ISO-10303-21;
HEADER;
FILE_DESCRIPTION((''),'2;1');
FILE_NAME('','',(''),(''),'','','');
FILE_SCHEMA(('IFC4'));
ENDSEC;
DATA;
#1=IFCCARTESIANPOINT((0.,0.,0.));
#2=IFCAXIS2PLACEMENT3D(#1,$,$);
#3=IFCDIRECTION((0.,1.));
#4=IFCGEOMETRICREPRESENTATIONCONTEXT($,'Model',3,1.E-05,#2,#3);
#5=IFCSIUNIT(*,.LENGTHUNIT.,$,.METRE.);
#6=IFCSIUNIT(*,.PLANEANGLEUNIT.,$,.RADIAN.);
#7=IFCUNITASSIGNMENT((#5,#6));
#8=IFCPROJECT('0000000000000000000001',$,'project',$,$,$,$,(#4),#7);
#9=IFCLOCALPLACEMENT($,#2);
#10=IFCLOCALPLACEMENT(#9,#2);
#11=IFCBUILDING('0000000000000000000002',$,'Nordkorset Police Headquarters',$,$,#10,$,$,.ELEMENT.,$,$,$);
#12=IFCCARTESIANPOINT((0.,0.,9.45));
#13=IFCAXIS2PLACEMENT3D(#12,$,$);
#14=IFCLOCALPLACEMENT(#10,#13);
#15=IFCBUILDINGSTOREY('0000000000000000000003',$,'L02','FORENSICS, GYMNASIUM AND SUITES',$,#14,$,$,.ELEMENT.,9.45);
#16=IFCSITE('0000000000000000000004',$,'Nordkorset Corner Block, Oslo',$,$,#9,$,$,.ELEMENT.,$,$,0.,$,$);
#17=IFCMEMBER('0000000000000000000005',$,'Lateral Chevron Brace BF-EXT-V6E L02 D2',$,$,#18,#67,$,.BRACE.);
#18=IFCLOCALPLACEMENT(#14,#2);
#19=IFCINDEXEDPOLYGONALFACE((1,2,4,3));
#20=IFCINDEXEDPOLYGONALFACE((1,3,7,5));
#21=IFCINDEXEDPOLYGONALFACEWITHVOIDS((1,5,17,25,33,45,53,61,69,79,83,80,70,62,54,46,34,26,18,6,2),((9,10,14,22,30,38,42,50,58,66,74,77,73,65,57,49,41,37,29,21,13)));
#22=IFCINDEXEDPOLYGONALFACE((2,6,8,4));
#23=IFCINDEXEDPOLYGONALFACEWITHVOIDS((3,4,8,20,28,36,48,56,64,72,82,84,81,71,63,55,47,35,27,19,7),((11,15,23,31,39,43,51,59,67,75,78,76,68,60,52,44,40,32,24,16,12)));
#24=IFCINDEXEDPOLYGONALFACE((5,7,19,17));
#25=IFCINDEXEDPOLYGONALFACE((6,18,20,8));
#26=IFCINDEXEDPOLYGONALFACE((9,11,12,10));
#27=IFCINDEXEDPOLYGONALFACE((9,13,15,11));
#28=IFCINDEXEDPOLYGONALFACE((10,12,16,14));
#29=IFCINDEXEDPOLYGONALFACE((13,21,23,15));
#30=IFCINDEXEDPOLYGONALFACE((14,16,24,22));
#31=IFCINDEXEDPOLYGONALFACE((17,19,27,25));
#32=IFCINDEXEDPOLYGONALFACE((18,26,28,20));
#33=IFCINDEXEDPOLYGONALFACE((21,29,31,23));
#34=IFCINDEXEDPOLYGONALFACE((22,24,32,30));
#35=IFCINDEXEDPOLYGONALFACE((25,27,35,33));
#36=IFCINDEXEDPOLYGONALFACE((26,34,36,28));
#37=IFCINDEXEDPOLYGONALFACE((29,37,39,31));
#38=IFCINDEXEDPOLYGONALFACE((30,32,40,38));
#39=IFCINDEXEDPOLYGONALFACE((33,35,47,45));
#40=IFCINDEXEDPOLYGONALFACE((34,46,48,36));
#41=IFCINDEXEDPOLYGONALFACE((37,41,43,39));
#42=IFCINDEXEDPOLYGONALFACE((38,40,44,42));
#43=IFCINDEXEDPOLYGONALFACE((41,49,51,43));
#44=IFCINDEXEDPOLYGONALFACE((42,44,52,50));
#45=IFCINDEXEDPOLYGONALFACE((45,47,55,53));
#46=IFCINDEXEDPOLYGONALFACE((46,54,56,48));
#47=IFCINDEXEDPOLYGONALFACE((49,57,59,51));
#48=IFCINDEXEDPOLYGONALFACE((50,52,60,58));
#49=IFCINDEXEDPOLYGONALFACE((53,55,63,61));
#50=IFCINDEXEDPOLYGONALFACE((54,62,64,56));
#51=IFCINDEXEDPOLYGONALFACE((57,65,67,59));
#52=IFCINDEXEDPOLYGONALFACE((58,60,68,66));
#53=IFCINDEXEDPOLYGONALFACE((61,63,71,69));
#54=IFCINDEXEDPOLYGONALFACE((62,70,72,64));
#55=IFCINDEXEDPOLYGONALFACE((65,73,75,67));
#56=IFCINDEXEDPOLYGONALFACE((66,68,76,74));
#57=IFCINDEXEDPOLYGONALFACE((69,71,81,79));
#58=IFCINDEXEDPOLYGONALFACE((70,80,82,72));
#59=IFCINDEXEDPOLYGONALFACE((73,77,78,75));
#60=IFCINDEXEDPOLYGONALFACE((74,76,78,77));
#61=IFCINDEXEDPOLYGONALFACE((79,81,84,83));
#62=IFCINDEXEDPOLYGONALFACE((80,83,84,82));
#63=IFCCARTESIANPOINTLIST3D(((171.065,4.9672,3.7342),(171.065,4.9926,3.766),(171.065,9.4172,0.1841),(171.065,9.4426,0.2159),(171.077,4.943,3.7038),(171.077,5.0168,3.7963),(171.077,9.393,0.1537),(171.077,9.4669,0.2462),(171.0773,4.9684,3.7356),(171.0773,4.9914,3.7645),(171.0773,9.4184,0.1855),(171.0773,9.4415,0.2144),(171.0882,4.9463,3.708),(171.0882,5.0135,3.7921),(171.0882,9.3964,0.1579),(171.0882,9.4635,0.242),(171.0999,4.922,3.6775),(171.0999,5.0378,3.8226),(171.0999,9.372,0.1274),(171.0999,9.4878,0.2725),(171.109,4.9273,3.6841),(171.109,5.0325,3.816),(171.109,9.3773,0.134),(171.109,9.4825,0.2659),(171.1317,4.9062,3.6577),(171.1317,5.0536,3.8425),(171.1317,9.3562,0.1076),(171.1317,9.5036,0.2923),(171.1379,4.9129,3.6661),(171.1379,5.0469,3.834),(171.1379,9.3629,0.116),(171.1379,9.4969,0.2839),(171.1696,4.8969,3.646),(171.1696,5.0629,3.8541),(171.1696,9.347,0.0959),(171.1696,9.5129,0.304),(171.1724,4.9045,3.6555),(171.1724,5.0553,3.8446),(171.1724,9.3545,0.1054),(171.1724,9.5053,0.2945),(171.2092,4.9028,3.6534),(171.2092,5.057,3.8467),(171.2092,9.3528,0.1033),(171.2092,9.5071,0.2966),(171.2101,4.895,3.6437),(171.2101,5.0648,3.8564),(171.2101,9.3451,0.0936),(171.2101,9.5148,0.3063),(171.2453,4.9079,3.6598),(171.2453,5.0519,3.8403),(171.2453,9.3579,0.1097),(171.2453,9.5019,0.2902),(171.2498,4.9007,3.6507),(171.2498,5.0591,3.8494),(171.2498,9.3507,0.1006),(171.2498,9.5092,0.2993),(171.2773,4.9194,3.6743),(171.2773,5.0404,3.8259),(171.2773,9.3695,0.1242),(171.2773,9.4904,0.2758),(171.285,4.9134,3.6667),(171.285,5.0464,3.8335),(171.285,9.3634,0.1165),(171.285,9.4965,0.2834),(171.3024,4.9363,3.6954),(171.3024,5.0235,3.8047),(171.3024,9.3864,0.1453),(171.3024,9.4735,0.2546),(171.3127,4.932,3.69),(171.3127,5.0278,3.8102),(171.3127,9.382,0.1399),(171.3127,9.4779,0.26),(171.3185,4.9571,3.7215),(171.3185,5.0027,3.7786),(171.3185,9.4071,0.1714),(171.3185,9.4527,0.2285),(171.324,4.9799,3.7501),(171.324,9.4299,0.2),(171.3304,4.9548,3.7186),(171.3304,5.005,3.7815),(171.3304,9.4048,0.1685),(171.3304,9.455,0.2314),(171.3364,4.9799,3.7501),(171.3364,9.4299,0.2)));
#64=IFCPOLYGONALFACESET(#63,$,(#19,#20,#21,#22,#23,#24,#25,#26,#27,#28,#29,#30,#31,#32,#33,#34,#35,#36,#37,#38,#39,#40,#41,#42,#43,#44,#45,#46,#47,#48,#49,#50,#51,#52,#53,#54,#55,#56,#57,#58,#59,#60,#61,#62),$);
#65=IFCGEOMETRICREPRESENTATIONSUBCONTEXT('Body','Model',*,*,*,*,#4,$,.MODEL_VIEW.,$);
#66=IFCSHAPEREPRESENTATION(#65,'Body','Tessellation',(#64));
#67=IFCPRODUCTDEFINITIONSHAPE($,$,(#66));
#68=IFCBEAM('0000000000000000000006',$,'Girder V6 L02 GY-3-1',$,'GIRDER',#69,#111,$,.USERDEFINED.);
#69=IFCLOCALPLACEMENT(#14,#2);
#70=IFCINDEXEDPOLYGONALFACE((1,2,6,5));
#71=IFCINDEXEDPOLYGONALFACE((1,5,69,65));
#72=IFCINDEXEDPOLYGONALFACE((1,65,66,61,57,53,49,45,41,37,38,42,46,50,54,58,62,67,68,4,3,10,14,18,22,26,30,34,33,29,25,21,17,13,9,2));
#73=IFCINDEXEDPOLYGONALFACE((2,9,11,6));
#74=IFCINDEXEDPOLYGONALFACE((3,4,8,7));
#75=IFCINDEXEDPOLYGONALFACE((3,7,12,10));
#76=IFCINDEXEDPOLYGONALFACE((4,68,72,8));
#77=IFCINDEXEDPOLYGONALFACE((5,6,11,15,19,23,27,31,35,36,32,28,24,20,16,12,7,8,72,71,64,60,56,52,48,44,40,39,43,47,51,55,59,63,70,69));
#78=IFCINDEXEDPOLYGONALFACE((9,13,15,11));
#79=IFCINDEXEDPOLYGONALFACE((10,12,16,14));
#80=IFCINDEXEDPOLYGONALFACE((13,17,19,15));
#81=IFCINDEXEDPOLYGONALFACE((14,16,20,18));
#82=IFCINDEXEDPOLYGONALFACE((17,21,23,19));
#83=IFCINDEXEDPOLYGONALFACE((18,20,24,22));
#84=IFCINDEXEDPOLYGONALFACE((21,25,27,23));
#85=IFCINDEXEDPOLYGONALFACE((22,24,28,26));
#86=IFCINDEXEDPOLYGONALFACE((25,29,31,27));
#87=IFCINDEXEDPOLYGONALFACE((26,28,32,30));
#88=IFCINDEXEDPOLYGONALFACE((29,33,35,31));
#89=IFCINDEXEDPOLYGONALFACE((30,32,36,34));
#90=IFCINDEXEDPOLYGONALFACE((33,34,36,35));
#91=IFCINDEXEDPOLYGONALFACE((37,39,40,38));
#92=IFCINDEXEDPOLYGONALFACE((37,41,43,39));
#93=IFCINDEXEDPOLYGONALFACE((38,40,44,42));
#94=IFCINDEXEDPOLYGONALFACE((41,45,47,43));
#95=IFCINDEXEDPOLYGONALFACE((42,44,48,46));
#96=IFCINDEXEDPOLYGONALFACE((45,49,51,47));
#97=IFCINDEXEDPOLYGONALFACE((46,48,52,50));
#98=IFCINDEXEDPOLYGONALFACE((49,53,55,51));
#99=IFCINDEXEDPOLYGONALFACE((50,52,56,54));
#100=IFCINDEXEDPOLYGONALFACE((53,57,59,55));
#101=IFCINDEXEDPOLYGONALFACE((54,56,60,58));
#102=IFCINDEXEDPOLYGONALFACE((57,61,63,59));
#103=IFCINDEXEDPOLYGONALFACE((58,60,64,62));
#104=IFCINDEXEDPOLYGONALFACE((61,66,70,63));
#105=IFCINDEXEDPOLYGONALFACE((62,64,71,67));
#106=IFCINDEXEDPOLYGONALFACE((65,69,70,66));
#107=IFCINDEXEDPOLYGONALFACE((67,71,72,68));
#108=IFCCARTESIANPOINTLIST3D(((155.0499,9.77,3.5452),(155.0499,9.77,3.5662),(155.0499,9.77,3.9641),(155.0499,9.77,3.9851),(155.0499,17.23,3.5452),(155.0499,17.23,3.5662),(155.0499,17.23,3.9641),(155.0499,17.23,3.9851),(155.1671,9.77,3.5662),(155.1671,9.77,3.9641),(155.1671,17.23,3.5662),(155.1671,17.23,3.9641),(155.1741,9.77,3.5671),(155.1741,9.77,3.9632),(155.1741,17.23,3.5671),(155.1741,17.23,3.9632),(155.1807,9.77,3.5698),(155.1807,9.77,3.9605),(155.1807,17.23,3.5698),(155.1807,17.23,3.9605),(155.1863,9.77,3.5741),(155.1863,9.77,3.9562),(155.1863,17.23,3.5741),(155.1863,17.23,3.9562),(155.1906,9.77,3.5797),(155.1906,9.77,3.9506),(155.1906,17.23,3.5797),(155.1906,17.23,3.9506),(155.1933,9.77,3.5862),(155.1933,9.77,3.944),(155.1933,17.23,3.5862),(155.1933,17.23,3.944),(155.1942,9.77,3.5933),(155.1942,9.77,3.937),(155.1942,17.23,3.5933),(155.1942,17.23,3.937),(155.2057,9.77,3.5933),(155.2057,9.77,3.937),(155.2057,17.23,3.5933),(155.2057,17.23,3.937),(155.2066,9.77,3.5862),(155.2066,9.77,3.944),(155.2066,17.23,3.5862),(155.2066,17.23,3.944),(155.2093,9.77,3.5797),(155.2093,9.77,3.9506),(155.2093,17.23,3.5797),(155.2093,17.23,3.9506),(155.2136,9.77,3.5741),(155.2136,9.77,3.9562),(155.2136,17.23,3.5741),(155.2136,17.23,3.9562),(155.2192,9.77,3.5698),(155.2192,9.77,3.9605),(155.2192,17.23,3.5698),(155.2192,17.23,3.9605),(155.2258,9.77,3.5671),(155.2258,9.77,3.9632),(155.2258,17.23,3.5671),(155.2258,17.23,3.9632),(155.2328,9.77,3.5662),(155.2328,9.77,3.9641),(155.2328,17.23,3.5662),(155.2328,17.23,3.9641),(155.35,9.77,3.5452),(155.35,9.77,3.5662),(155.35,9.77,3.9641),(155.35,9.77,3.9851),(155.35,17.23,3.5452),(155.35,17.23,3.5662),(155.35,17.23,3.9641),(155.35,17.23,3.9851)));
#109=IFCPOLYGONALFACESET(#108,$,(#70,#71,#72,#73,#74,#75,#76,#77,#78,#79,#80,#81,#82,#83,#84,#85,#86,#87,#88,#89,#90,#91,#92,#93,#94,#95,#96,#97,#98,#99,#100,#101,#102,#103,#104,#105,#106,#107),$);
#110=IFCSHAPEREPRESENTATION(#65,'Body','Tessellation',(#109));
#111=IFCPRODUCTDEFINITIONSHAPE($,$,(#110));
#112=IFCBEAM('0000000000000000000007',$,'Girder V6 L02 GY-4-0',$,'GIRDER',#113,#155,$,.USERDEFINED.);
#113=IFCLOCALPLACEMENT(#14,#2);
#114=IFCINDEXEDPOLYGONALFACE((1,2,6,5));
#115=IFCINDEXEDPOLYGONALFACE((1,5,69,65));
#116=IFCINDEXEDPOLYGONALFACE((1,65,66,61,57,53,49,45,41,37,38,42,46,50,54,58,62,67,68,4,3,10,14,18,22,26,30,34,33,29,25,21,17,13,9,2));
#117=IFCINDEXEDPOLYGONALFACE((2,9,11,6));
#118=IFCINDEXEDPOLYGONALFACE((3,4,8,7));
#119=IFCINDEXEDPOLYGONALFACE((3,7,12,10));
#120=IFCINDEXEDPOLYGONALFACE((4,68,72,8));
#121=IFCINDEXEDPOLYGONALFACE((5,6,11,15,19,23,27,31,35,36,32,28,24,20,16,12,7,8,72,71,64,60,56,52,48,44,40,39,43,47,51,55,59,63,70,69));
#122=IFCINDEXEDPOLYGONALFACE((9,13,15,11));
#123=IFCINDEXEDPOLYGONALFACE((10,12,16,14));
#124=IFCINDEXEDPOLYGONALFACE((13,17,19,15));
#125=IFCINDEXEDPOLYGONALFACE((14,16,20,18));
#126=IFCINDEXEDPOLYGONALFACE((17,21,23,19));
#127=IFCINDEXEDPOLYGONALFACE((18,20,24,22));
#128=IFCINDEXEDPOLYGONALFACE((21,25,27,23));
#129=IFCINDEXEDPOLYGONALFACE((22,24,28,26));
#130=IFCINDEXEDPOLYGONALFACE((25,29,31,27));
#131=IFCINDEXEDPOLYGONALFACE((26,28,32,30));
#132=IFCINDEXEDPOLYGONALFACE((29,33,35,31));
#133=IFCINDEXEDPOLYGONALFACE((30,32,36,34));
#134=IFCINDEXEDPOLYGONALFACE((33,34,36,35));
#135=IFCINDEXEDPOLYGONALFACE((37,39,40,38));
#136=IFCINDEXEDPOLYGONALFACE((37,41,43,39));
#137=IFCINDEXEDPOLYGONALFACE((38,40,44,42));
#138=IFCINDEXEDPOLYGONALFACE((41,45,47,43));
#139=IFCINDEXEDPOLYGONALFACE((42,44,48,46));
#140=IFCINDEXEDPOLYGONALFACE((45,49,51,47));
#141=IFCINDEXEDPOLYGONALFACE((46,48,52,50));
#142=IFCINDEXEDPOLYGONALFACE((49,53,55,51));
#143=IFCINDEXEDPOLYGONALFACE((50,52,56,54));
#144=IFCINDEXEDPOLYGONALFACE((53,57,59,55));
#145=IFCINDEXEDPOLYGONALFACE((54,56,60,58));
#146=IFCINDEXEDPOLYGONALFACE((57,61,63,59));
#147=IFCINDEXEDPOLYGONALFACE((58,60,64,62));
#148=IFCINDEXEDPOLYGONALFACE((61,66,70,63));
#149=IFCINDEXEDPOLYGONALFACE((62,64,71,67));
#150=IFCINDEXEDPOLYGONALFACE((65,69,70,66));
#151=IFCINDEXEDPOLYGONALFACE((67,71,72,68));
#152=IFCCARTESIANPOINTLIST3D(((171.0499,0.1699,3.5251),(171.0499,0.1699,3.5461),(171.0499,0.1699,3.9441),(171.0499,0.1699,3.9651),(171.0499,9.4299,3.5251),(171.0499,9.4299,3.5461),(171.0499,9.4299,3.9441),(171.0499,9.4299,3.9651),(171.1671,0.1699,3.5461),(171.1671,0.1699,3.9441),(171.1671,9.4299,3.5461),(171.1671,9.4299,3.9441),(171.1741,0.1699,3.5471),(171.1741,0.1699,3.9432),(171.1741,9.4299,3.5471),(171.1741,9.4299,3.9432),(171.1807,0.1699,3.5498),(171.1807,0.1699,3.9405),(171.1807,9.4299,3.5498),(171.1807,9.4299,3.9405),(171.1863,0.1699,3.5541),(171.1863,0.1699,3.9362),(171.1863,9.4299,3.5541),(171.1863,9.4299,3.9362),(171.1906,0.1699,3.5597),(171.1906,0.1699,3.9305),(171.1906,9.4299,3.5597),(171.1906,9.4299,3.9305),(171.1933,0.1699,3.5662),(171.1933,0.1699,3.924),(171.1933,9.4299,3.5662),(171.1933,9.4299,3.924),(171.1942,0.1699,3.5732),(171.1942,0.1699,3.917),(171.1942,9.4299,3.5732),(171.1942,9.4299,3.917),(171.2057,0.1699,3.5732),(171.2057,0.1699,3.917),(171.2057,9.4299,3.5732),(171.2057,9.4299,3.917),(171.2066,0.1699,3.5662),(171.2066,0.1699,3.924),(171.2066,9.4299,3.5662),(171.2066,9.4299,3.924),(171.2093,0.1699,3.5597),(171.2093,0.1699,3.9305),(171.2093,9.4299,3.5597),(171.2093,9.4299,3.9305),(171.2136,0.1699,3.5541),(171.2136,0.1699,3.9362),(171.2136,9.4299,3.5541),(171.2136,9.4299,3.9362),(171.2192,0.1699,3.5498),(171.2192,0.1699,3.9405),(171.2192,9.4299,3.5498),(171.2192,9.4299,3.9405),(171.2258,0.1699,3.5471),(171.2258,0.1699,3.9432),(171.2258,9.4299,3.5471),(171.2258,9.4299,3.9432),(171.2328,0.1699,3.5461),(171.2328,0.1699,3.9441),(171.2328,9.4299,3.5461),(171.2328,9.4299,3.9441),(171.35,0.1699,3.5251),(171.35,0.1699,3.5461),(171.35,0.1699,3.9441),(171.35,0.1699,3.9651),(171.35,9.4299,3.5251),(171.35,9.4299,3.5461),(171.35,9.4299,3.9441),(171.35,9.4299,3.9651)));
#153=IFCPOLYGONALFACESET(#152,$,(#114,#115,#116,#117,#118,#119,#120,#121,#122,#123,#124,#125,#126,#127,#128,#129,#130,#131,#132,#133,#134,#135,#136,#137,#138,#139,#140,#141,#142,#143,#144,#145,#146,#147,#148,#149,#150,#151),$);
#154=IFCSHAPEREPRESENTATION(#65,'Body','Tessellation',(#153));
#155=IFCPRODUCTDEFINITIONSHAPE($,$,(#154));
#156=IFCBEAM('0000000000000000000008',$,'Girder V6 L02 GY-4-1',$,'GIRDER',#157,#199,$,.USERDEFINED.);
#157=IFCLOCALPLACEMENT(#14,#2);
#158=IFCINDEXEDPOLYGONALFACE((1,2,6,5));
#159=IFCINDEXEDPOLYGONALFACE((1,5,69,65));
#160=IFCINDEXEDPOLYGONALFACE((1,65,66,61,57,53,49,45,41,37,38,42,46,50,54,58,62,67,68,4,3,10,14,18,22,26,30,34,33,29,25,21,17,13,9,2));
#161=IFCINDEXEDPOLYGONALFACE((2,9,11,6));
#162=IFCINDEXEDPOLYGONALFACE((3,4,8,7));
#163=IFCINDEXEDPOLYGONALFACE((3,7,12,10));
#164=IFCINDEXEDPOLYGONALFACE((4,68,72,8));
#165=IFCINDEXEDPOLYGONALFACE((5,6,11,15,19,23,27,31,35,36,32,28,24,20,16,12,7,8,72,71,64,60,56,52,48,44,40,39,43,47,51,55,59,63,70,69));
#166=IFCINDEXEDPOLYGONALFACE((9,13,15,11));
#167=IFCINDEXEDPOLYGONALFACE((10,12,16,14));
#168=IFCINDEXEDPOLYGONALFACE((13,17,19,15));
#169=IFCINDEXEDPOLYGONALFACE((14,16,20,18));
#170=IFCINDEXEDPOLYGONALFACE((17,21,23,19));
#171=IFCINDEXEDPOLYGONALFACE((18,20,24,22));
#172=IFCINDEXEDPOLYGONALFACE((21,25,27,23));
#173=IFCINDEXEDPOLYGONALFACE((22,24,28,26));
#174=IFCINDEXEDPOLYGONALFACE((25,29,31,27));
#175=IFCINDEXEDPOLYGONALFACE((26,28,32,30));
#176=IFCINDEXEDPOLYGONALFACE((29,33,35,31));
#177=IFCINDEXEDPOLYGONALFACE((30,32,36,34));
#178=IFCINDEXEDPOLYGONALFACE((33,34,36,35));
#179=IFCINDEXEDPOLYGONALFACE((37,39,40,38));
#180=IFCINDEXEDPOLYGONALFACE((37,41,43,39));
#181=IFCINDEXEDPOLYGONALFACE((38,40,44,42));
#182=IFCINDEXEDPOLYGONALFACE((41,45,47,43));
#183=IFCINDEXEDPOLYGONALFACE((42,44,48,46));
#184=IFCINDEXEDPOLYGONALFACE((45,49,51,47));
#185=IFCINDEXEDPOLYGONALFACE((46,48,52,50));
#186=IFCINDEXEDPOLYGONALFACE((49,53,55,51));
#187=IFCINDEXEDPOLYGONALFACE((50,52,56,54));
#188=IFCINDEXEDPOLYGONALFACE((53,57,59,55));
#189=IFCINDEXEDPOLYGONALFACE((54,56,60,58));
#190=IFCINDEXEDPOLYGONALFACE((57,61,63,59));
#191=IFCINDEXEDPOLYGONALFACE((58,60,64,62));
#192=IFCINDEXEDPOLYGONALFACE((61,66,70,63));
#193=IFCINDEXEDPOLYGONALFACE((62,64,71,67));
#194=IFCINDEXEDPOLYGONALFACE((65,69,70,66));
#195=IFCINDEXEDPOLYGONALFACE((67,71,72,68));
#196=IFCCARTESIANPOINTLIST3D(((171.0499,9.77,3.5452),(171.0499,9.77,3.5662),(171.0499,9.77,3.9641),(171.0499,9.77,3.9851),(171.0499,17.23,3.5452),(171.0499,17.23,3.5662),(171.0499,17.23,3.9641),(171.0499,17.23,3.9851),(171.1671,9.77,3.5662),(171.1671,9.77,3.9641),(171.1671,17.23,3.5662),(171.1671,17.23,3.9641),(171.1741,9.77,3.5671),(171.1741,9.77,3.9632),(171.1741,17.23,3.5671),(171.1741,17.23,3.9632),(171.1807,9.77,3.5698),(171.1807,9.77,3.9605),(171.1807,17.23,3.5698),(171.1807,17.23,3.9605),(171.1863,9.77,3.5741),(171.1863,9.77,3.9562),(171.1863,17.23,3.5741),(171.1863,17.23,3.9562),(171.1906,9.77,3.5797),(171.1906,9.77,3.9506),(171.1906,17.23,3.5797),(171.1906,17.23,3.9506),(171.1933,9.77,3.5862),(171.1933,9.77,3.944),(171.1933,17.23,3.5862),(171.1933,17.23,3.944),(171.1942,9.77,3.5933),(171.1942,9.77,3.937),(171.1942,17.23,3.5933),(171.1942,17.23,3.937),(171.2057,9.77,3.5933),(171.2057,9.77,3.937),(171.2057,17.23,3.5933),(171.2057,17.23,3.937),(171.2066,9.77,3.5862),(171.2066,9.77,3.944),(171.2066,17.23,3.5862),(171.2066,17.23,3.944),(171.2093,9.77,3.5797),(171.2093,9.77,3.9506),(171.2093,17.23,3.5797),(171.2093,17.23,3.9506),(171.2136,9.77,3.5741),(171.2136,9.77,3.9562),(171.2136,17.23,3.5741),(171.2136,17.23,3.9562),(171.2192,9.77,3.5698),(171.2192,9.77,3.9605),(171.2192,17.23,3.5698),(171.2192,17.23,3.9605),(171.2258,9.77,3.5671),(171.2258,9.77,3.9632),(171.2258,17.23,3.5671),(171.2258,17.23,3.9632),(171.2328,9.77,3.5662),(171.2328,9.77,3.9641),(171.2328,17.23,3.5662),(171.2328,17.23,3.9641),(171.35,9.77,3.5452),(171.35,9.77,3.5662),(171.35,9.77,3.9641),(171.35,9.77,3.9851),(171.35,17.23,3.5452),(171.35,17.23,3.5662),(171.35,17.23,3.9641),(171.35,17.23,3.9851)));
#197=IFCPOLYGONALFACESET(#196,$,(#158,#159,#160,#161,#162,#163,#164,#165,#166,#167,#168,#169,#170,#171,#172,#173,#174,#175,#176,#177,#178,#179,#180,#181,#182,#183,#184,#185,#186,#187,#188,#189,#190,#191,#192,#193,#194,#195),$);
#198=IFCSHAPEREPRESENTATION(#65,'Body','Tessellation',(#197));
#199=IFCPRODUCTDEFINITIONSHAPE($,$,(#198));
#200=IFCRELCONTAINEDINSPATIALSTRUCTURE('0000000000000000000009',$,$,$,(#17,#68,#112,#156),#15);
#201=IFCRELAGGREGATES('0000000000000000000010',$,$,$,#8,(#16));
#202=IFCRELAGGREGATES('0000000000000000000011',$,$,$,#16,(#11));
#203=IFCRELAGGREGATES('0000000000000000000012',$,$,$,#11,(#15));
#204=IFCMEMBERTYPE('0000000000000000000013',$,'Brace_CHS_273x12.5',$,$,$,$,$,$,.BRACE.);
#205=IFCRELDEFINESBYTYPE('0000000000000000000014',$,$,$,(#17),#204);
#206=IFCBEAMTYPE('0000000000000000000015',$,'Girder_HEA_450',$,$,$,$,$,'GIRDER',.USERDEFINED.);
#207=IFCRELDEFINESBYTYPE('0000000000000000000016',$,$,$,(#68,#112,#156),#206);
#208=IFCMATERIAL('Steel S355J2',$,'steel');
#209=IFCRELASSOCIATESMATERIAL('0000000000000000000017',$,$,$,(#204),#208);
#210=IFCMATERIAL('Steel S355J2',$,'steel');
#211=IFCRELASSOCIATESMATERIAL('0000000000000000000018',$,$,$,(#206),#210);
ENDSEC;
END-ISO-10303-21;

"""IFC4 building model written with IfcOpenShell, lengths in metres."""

from ifc_helpers import new_model, si_unit, direction, frame, origin, origin_2d, place, context, subcontext, project, spatial, hollow_circle, i_section, extrude, material, material_profile, profile_set, type_object, element, save


model = new_model("IFC4")

# Units and contexts
model_context = context("Model", 3, precision=1e-05, world=origin(), true_north=direction((0.0, 1.0)))
body_context = subcontext(model_context, "Body", "Model", "MODEL_VIEW")
ifc_project = project(units=[si_unit("LENGTHUNIT", "METRE"), si_unit("PLANEANGLEUNIT", "RADIAN")], contexts=[model_context])

# Site, building, storey
site_placement = place(None, origin())
site = spatial("IfcSite", under=ifc_project, at=site_placement, Name="Nordkorset Corner Block, Oslo", CompositionType="ELEMENT", RefElevation=0.0)
building_placement = place(site_placement, origin())
building = spatial("IfcBuilding", under=site, at=building_placement, Name="Nordkorset Police Headquarters", CompositionType="ELEMENT")
storey_placement = place(building_placement, frame((0.0, 0.0, 9.45)))
storey = spatial("IfcBuildingStorey", under=building, at=storey_placement, Name="L02", Description="FORENSICS, GYMNASIUM AND SUITES", CompositionType="ELEMENT", Elevation=9.45)

# Member
ifc_material_1 = material(Name="Steel S355J2", Category="steel")
ifc_material_profile_1 = material_profile(ifc_material_1, hollow_circle(Radius=0.1365, WallThickness=0.0125, at=origin_2d()), Name="CHS 273x12.5")
ifc_profile_set_1 = profile_set([ifc_material_profile_1], Name="Steel S355J2")
member_type = type_object("IfcMemberType", Name="Brace_CHS_273x12.5", PredefinedType="BRACE", material=ifc_profile_set_1)
for number, where, z_axis, x_axis, name in (
    (1, (171.2, 9.4299, 0.2), (0.0, -0.781717, 0.623633), (1.0, 0.0, 0.0), "Lateral Chevron Brace BF-EXT-V6E L02 D2"),
):
    element("IfcMember", number, at=place(storey_placement, frame(where, z_axis=z_axis, x_axis=x_axis)), inside=storey, type_object=member_type, Name=name, PredefinedType="BRACE", context=body_context, shape_type="SweptSolid", body=[
        extrude(hollow_circle(Radius=0.1365, WallThickness=0.0125, at=origin_2d()), origin(), (0.0, 0.0, 1.0), 5.6926),
    ])

# Beams
ifc_material_2 = material(Name="Steel S355J2", Category="steel")
ifc_material_profile_2 = material_profile(ifc_material_2, i_section(OverallWidth=0.3, OverallDepth=0.4399, WebThickness=0.0115, FlangeThickness=0.021, FilletRadius=0.0271, at=origin_2d()), Name="HEA 450")
ifc_profile_set_2 = profile_set([ifc_material_profile_2], Name="Steel S355J2")
beam_type_1 = type_object("IfcBeamType", Name="Girder_HEA_450", ElementType="GIRDER", PredefinedType="USERDEFINED", material=ifc_profile_set_2)
beam_1_placement = place(storey_placement, frame((155.2, 9.77, 3.7651), z_axis=(0.0, 1.0, 0.0), x_axis=(-1.0, 0.0, 0.0)))
element("IfcBeam", 2, at=beam_1_placement, inside=storey, type_object=beam_type_1, Name="Girder V6 L02 GY-3-1", ObjectType="GIRDER", PredefinedType="USERDEFINED", context=body_context, shape_type="SweptSolid", body=[
    extrude(i_section(OverallWidth=0.3, OverallDepth=0.4399, WebThickness=0.0115, FlangeThickness=0.021, FilletRadius=0.0271, at=origin_2d()), origin(), (0.0, 0.0, 1.0), 7.46),
])
beam_2_placement = place(storey_placement, frame((171.2, 0.1699, 3.7451), z_axis=(0.0, 1.0, 0.0), x_axis=(-1.0, 0.0, 0.0)))
element("IfcBeam", 3, at=beam_2_placement, inside=storey, type_object=beam_type_1, Name="Girder V6 L02 GY-4-0", ObjectType="GIRDER", PredefinedType="USERDEFINED", context=body_context, shape_type="SweptSolid", body=[
    extrude(i_section(OverallWidth=0.3, OverallDepth=0.4399, WebThickness=0.0115, FlangeThickness=0.021, FilletRadius=0.0271, at=origin_2d()), origin(), (0.0, 0.0, 1.0), 9.26),
])
beam_3_placement = place(storey_placement, frame((171.2, 9.77, 3.7651), z_axis=(0.0, 1.0, 0.0), x_axis=(-1.0, 0.0, 0.0)))
element("IfcBeam", 4, at=beam_3_placement, inside=storey, type_object=beam_type_1, Name="Girder V6 L02 GY-4-1", ObjectType="GIRDER", PredefinedType="USERDEFINED", context=body_context, shape_type="SweptSolid", body=[
    extrude(i_section(OverallWidth=0.3, OverallDepth=0.4399, WebThickness=0.0115, FlangeThickness=0.021, FilletRadius=0.0271, at=origin_2d()), origin(), (0.0, 0.0, 1.0), 7.46),
])

save(model, "model.ifc")
